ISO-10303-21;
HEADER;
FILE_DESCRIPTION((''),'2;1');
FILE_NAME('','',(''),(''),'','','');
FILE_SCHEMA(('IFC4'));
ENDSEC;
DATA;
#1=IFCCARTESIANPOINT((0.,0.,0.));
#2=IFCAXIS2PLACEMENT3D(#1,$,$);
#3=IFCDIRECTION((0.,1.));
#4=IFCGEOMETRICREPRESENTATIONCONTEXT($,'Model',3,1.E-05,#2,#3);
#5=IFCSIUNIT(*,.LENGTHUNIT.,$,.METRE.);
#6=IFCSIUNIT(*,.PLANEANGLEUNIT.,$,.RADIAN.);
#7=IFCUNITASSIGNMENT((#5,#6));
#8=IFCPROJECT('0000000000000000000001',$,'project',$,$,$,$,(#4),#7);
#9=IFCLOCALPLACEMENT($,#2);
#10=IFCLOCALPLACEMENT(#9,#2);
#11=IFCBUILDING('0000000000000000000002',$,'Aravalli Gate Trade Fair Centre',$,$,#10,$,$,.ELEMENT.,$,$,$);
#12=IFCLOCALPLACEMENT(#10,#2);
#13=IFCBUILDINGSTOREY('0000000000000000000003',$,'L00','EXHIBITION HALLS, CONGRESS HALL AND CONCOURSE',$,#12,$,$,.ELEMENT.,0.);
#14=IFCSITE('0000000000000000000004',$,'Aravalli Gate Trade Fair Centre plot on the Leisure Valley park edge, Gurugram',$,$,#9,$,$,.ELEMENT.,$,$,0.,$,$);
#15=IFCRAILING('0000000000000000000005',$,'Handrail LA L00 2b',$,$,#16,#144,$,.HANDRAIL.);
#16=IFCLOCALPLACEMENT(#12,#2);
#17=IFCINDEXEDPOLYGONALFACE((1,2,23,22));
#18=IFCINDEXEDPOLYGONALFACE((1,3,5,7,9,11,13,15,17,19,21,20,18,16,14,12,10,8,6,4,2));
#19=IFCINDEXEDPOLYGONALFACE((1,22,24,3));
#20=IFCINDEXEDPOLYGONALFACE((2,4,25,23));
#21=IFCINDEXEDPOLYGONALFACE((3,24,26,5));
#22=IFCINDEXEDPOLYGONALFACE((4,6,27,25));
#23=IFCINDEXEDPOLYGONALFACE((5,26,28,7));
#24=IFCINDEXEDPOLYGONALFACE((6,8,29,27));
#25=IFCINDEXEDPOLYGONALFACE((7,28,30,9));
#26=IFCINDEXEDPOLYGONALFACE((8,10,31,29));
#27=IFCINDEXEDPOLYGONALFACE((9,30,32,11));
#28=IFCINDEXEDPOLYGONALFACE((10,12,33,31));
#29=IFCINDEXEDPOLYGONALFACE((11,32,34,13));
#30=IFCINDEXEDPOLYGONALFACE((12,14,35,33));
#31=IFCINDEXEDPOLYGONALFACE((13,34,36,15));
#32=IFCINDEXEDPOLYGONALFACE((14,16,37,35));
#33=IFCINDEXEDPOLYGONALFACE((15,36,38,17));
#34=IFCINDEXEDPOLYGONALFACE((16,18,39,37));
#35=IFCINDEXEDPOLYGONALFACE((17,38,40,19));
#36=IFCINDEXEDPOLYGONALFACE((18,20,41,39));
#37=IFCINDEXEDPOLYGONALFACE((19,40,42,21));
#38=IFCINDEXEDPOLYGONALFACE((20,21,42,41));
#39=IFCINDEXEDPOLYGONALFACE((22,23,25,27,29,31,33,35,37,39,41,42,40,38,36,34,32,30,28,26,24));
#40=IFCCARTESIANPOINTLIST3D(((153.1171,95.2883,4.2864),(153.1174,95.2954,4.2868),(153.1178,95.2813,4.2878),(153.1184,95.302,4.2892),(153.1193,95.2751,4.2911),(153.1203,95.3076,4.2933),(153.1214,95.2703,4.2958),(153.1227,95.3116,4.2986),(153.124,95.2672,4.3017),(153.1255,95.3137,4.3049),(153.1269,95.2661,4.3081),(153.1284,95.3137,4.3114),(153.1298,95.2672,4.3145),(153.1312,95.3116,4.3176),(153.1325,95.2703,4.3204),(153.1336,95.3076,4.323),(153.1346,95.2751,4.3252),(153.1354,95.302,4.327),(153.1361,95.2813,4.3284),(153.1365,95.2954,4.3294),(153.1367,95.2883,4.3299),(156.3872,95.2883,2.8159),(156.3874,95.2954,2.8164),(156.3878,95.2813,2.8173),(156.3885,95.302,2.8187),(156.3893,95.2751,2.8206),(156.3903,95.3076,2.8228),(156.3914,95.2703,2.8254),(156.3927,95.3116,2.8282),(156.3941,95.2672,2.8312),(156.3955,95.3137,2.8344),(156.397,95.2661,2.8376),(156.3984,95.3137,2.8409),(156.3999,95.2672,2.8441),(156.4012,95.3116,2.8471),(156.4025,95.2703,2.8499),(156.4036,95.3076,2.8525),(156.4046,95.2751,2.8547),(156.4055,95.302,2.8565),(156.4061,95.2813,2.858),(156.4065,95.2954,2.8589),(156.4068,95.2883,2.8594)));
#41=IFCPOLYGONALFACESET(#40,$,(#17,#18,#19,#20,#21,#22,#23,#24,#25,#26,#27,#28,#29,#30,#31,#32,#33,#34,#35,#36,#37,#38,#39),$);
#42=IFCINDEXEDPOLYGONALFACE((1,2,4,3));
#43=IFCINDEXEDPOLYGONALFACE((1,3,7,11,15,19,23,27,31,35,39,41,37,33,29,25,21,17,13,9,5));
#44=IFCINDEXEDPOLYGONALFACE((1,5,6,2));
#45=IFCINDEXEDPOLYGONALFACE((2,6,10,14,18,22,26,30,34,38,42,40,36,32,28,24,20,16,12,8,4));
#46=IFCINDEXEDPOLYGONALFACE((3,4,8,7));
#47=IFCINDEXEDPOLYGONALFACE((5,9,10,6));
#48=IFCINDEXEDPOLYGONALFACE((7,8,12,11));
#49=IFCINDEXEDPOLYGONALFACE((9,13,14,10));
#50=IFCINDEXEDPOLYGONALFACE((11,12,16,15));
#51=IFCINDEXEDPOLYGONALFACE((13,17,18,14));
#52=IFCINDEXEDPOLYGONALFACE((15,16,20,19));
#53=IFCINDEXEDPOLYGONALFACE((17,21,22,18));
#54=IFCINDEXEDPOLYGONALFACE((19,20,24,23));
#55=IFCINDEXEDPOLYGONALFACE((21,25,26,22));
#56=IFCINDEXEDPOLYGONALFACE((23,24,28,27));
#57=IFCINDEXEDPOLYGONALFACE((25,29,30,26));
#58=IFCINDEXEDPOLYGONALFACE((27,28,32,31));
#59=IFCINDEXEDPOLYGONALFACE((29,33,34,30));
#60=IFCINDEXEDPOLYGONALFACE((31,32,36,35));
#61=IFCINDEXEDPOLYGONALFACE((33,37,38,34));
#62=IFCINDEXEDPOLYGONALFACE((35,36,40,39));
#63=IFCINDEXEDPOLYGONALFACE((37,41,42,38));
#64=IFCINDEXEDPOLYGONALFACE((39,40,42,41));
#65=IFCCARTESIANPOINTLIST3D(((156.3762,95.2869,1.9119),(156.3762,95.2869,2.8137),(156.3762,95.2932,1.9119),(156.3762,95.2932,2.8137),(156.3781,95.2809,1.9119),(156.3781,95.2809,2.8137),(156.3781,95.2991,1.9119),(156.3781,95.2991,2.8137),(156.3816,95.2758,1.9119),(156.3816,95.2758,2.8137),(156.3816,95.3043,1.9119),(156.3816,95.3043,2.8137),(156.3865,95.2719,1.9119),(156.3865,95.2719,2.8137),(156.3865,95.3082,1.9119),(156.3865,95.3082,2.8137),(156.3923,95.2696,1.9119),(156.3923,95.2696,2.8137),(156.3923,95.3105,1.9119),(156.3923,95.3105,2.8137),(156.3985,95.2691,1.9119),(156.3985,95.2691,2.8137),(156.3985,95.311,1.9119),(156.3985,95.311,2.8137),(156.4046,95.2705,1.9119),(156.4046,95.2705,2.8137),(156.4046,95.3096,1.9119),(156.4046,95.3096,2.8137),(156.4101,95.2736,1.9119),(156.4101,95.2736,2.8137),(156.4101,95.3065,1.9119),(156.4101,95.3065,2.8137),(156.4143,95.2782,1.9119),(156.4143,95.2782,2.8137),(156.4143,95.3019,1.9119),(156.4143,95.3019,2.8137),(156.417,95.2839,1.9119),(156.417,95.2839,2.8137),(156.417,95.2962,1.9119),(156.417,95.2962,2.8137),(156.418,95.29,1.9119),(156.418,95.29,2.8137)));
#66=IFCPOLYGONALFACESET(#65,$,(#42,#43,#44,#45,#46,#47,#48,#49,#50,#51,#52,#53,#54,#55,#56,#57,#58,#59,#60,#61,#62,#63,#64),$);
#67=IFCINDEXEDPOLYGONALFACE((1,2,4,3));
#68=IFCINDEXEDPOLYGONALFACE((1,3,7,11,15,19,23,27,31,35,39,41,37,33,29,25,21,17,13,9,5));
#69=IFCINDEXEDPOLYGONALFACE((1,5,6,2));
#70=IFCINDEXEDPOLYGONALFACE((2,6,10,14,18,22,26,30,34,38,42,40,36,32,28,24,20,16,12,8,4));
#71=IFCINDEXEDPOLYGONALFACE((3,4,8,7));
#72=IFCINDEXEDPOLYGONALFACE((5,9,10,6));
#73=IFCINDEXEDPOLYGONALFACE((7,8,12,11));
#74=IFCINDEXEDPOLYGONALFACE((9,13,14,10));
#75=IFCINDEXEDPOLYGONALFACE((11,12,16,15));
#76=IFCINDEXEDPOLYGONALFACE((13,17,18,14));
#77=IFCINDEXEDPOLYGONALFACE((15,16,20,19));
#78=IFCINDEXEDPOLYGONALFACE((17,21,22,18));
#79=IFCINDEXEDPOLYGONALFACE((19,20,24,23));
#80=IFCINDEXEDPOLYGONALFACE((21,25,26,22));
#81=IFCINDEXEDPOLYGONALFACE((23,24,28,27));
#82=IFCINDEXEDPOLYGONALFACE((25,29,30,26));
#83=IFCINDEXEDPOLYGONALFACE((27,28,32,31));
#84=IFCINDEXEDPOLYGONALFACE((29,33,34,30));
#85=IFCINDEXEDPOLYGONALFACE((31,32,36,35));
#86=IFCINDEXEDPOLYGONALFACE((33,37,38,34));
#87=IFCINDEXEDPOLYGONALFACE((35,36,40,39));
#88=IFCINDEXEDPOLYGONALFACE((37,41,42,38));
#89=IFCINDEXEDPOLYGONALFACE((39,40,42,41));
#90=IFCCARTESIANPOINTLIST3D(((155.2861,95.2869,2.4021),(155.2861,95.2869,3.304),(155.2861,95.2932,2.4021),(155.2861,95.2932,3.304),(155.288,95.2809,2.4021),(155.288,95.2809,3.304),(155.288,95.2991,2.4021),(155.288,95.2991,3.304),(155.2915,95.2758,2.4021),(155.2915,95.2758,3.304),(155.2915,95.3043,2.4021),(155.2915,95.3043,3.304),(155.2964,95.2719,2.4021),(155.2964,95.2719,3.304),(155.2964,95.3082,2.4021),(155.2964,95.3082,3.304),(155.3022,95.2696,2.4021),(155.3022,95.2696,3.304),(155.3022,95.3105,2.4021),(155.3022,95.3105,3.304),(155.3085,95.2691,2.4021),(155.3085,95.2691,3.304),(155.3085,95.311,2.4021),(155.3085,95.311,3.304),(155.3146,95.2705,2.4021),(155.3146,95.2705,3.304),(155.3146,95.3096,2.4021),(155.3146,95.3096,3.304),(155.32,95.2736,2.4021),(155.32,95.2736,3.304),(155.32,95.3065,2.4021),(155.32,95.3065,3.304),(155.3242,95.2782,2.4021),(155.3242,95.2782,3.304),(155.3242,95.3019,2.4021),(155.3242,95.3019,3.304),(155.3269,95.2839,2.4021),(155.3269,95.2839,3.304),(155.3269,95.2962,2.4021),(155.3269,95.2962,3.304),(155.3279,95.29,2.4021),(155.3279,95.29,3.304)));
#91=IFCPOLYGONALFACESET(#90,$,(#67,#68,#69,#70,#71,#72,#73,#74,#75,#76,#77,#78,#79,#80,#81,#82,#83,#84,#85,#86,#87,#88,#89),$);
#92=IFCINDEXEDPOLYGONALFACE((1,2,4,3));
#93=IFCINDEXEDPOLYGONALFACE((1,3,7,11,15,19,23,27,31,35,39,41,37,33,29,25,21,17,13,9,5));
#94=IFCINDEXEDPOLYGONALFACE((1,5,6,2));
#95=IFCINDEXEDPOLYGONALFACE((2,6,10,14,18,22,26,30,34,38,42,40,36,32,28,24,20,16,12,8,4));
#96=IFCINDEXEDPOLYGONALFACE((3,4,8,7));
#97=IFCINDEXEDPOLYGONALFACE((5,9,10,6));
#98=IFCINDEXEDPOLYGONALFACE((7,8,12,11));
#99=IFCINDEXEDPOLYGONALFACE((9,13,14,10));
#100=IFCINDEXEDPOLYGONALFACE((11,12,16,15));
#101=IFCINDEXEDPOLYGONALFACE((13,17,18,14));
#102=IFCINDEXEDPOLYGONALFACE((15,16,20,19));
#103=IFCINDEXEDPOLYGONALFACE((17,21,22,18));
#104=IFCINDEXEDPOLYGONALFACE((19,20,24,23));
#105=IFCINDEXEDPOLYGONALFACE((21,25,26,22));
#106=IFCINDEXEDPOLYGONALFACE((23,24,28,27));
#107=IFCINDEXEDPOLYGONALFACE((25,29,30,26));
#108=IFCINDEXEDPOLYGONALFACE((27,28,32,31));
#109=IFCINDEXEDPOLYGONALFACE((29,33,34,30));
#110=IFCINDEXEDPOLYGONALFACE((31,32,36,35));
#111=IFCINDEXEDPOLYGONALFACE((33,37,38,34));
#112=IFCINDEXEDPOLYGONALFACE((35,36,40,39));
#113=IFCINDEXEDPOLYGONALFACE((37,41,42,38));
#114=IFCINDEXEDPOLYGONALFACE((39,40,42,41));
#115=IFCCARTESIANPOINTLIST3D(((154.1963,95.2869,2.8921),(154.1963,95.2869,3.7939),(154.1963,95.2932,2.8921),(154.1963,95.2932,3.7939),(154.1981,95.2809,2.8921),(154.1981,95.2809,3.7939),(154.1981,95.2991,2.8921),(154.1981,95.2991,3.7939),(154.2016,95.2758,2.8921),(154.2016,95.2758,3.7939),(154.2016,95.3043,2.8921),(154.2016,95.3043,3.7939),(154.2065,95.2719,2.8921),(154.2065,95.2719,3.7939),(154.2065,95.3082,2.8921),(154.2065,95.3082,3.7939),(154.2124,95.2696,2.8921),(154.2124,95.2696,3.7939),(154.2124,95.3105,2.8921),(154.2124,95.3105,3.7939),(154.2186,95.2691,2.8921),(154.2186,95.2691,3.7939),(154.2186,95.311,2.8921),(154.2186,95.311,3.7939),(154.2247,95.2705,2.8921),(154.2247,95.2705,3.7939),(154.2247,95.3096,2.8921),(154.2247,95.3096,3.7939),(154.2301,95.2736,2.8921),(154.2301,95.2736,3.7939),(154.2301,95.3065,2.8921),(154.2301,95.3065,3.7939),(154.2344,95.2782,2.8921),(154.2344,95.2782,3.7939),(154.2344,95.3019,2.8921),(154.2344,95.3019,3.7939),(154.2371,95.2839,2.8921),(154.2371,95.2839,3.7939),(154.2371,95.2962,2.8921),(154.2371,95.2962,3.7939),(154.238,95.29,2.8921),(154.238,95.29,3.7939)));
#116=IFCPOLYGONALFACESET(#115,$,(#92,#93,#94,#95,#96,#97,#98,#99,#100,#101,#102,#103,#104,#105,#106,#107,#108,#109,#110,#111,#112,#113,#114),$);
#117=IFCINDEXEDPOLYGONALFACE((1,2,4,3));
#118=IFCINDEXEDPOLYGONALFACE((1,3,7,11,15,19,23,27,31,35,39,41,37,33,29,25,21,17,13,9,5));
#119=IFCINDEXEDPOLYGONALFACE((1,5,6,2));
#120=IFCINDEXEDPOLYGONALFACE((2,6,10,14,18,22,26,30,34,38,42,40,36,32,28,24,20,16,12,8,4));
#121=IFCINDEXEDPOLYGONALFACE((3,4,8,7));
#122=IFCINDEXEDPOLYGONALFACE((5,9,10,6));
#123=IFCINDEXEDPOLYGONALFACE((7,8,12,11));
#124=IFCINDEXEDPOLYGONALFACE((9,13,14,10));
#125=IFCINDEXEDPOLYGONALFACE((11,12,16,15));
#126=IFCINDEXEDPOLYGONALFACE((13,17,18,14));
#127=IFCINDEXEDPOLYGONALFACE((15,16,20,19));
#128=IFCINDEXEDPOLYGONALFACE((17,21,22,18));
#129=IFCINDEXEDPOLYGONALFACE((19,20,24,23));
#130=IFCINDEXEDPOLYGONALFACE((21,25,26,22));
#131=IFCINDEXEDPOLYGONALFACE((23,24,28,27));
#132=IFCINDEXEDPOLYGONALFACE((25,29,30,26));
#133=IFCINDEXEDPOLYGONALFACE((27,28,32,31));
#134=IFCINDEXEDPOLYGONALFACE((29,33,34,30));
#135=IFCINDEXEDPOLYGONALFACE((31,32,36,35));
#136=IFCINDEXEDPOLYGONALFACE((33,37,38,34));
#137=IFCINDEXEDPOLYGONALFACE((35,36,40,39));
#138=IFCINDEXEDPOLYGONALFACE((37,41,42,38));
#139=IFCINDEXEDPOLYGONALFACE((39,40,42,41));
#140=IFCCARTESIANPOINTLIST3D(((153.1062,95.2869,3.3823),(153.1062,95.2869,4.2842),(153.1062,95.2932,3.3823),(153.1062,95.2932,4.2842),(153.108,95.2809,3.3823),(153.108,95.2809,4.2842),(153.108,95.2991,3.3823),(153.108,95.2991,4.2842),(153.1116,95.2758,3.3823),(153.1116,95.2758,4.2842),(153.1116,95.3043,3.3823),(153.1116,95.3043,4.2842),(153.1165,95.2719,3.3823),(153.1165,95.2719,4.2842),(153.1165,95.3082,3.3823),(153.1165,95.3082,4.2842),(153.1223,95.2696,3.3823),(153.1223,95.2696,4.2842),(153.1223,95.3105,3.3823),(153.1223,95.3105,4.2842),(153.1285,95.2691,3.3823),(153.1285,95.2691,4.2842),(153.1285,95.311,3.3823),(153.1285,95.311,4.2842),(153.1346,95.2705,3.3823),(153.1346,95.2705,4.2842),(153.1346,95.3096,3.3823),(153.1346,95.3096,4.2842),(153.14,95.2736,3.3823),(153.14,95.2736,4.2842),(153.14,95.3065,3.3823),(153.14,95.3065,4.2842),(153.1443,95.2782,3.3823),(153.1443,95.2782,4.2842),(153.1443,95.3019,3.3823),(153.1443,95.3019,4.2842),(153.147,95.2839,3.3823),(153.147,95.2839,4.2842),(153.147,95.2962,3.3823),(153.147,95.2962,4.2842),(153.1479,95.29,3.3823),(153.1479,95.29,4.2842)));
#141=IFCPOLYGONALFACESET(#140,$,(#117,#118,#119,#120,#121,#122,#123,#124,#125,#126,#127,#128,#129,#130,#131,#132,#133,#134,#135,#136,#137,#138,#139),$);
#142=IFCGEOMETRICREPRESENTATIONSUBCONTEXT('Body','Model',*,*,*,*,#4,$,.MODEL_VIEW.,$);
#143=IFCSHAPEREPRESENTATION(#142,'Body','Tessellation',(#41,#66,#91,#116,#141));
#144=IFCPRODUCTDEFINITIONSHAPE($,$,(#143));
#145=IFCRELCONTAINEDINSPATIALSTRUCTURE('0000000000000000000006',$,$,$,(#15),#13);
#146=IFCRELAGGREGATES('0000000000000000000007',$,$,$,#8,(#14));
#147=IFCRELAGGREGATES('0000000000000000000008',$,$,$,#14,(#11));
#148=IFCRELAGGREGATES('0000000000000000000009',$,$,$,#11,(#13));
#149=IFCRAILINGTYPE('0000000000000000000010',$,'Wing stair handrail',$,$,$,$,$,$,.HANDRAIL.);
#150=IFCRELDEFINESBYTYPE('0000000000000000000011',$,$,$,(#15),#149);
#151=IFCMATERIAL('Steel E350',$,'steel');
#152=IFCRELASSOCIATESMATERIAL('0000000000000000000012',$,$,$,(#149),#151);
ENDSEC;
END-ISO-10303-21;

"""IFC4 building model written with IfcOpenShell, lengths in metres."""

from ifc_helpers import new_model, si_unit, direction, frame, origin, origin_2d, place, context, subcontext, project, spatial, circle, extrude, material, type_object, element, save


model = new_model("IFC4")

# Units and contexts
model_context = context("Model", 3, precision=1e-05, world=origin(), true_north=direction((0.0, 1.0)))
body_context = subcontext(model_context, "Body", "Model", "MODEL_VIEW")
ifc_project = project(units=[si_unit("LENGTHUNIT", "METRE"), si_unit("PLANEANGLEUNIT", "RADIAN")], contexts=[model_context])

# Site, building, storey
site_placement = place(None, origin())
site = spatial("IfcSite", under=ifc_project, at=site_placement, Name="Aravalli Gate Trade Fair Centre plot on the Leisure Valley park edge, Gurugram", CompositionType="ELEMENT", RefElevation=0.0)
building_placement = place(site_placement, origin())
building = spatial("IfcBuilding", under=site, at=building_placement, Name="Aravalli Gate Trade Fair Centre", CompositionType="ELEMENT")
storey_placement = place(building_placement, origin())
storey = spatial("IfcBuildingStorey", under=building, at=storey_placement, Name="L00", Description="EXHIBITION HALLS, CONGRESS HALL AND CONCOURSE", CompositionType="ELEMENT", Elevation=0.0)

# Shared definitions
ifc_material_1 = material(Name="Steel E350", Category="steel")

# Railing
railing_type = type_object("IfcRailingType", Name="Wing stair handrail", PredefinedType="HANDRAIL", material=ifc_material_1)
for number, where, name in (
    (1, (156.397, 95.29, 1.9119), "Handrail LA L00 2b"),
):
    element("IfcRailing", number, at=place(storey_placement, frame(where)), inside=storey, type_object=railing_type, Name=name, PredefinedType="HANDRAIL", context=body_context, shape_type="SweptSolid", body=[
        extrude(circle(Radius=0.0239, at=origin_2d()), frame((0.0, 0.0, 0.9258), z_axis=(-0.912031, 0.0, 0.410121), x_axis=(0.0, -1.0, 0.0)), (0.0, 0.0, 1.0), 3.5854),
        extrude(circle(Radius=0.021, at=origin_2d()), origin(), (0.0, 0.0, 1.0), 0.9019),
        extrude(circle(Radius=0.021, at=origin_2d()), frame((-1.0901, 0.0, 0.4902)), (0.0, 0.0, 1.0), 0.9019),
        extrude(circle(Radius=0.021, at=origin_2d()), frame((-2.1799, 0.0, 0.9802)), (0.0, 0.0, 1.0), 0.9019),
        extrude(circle(Radius=0.021, at=origin_2d()), frame((-3.27, 0.0, 1.4705)), (0.0, 0.0, 1.0), 0.9019),
    ])

save(model, "model.ifc")
